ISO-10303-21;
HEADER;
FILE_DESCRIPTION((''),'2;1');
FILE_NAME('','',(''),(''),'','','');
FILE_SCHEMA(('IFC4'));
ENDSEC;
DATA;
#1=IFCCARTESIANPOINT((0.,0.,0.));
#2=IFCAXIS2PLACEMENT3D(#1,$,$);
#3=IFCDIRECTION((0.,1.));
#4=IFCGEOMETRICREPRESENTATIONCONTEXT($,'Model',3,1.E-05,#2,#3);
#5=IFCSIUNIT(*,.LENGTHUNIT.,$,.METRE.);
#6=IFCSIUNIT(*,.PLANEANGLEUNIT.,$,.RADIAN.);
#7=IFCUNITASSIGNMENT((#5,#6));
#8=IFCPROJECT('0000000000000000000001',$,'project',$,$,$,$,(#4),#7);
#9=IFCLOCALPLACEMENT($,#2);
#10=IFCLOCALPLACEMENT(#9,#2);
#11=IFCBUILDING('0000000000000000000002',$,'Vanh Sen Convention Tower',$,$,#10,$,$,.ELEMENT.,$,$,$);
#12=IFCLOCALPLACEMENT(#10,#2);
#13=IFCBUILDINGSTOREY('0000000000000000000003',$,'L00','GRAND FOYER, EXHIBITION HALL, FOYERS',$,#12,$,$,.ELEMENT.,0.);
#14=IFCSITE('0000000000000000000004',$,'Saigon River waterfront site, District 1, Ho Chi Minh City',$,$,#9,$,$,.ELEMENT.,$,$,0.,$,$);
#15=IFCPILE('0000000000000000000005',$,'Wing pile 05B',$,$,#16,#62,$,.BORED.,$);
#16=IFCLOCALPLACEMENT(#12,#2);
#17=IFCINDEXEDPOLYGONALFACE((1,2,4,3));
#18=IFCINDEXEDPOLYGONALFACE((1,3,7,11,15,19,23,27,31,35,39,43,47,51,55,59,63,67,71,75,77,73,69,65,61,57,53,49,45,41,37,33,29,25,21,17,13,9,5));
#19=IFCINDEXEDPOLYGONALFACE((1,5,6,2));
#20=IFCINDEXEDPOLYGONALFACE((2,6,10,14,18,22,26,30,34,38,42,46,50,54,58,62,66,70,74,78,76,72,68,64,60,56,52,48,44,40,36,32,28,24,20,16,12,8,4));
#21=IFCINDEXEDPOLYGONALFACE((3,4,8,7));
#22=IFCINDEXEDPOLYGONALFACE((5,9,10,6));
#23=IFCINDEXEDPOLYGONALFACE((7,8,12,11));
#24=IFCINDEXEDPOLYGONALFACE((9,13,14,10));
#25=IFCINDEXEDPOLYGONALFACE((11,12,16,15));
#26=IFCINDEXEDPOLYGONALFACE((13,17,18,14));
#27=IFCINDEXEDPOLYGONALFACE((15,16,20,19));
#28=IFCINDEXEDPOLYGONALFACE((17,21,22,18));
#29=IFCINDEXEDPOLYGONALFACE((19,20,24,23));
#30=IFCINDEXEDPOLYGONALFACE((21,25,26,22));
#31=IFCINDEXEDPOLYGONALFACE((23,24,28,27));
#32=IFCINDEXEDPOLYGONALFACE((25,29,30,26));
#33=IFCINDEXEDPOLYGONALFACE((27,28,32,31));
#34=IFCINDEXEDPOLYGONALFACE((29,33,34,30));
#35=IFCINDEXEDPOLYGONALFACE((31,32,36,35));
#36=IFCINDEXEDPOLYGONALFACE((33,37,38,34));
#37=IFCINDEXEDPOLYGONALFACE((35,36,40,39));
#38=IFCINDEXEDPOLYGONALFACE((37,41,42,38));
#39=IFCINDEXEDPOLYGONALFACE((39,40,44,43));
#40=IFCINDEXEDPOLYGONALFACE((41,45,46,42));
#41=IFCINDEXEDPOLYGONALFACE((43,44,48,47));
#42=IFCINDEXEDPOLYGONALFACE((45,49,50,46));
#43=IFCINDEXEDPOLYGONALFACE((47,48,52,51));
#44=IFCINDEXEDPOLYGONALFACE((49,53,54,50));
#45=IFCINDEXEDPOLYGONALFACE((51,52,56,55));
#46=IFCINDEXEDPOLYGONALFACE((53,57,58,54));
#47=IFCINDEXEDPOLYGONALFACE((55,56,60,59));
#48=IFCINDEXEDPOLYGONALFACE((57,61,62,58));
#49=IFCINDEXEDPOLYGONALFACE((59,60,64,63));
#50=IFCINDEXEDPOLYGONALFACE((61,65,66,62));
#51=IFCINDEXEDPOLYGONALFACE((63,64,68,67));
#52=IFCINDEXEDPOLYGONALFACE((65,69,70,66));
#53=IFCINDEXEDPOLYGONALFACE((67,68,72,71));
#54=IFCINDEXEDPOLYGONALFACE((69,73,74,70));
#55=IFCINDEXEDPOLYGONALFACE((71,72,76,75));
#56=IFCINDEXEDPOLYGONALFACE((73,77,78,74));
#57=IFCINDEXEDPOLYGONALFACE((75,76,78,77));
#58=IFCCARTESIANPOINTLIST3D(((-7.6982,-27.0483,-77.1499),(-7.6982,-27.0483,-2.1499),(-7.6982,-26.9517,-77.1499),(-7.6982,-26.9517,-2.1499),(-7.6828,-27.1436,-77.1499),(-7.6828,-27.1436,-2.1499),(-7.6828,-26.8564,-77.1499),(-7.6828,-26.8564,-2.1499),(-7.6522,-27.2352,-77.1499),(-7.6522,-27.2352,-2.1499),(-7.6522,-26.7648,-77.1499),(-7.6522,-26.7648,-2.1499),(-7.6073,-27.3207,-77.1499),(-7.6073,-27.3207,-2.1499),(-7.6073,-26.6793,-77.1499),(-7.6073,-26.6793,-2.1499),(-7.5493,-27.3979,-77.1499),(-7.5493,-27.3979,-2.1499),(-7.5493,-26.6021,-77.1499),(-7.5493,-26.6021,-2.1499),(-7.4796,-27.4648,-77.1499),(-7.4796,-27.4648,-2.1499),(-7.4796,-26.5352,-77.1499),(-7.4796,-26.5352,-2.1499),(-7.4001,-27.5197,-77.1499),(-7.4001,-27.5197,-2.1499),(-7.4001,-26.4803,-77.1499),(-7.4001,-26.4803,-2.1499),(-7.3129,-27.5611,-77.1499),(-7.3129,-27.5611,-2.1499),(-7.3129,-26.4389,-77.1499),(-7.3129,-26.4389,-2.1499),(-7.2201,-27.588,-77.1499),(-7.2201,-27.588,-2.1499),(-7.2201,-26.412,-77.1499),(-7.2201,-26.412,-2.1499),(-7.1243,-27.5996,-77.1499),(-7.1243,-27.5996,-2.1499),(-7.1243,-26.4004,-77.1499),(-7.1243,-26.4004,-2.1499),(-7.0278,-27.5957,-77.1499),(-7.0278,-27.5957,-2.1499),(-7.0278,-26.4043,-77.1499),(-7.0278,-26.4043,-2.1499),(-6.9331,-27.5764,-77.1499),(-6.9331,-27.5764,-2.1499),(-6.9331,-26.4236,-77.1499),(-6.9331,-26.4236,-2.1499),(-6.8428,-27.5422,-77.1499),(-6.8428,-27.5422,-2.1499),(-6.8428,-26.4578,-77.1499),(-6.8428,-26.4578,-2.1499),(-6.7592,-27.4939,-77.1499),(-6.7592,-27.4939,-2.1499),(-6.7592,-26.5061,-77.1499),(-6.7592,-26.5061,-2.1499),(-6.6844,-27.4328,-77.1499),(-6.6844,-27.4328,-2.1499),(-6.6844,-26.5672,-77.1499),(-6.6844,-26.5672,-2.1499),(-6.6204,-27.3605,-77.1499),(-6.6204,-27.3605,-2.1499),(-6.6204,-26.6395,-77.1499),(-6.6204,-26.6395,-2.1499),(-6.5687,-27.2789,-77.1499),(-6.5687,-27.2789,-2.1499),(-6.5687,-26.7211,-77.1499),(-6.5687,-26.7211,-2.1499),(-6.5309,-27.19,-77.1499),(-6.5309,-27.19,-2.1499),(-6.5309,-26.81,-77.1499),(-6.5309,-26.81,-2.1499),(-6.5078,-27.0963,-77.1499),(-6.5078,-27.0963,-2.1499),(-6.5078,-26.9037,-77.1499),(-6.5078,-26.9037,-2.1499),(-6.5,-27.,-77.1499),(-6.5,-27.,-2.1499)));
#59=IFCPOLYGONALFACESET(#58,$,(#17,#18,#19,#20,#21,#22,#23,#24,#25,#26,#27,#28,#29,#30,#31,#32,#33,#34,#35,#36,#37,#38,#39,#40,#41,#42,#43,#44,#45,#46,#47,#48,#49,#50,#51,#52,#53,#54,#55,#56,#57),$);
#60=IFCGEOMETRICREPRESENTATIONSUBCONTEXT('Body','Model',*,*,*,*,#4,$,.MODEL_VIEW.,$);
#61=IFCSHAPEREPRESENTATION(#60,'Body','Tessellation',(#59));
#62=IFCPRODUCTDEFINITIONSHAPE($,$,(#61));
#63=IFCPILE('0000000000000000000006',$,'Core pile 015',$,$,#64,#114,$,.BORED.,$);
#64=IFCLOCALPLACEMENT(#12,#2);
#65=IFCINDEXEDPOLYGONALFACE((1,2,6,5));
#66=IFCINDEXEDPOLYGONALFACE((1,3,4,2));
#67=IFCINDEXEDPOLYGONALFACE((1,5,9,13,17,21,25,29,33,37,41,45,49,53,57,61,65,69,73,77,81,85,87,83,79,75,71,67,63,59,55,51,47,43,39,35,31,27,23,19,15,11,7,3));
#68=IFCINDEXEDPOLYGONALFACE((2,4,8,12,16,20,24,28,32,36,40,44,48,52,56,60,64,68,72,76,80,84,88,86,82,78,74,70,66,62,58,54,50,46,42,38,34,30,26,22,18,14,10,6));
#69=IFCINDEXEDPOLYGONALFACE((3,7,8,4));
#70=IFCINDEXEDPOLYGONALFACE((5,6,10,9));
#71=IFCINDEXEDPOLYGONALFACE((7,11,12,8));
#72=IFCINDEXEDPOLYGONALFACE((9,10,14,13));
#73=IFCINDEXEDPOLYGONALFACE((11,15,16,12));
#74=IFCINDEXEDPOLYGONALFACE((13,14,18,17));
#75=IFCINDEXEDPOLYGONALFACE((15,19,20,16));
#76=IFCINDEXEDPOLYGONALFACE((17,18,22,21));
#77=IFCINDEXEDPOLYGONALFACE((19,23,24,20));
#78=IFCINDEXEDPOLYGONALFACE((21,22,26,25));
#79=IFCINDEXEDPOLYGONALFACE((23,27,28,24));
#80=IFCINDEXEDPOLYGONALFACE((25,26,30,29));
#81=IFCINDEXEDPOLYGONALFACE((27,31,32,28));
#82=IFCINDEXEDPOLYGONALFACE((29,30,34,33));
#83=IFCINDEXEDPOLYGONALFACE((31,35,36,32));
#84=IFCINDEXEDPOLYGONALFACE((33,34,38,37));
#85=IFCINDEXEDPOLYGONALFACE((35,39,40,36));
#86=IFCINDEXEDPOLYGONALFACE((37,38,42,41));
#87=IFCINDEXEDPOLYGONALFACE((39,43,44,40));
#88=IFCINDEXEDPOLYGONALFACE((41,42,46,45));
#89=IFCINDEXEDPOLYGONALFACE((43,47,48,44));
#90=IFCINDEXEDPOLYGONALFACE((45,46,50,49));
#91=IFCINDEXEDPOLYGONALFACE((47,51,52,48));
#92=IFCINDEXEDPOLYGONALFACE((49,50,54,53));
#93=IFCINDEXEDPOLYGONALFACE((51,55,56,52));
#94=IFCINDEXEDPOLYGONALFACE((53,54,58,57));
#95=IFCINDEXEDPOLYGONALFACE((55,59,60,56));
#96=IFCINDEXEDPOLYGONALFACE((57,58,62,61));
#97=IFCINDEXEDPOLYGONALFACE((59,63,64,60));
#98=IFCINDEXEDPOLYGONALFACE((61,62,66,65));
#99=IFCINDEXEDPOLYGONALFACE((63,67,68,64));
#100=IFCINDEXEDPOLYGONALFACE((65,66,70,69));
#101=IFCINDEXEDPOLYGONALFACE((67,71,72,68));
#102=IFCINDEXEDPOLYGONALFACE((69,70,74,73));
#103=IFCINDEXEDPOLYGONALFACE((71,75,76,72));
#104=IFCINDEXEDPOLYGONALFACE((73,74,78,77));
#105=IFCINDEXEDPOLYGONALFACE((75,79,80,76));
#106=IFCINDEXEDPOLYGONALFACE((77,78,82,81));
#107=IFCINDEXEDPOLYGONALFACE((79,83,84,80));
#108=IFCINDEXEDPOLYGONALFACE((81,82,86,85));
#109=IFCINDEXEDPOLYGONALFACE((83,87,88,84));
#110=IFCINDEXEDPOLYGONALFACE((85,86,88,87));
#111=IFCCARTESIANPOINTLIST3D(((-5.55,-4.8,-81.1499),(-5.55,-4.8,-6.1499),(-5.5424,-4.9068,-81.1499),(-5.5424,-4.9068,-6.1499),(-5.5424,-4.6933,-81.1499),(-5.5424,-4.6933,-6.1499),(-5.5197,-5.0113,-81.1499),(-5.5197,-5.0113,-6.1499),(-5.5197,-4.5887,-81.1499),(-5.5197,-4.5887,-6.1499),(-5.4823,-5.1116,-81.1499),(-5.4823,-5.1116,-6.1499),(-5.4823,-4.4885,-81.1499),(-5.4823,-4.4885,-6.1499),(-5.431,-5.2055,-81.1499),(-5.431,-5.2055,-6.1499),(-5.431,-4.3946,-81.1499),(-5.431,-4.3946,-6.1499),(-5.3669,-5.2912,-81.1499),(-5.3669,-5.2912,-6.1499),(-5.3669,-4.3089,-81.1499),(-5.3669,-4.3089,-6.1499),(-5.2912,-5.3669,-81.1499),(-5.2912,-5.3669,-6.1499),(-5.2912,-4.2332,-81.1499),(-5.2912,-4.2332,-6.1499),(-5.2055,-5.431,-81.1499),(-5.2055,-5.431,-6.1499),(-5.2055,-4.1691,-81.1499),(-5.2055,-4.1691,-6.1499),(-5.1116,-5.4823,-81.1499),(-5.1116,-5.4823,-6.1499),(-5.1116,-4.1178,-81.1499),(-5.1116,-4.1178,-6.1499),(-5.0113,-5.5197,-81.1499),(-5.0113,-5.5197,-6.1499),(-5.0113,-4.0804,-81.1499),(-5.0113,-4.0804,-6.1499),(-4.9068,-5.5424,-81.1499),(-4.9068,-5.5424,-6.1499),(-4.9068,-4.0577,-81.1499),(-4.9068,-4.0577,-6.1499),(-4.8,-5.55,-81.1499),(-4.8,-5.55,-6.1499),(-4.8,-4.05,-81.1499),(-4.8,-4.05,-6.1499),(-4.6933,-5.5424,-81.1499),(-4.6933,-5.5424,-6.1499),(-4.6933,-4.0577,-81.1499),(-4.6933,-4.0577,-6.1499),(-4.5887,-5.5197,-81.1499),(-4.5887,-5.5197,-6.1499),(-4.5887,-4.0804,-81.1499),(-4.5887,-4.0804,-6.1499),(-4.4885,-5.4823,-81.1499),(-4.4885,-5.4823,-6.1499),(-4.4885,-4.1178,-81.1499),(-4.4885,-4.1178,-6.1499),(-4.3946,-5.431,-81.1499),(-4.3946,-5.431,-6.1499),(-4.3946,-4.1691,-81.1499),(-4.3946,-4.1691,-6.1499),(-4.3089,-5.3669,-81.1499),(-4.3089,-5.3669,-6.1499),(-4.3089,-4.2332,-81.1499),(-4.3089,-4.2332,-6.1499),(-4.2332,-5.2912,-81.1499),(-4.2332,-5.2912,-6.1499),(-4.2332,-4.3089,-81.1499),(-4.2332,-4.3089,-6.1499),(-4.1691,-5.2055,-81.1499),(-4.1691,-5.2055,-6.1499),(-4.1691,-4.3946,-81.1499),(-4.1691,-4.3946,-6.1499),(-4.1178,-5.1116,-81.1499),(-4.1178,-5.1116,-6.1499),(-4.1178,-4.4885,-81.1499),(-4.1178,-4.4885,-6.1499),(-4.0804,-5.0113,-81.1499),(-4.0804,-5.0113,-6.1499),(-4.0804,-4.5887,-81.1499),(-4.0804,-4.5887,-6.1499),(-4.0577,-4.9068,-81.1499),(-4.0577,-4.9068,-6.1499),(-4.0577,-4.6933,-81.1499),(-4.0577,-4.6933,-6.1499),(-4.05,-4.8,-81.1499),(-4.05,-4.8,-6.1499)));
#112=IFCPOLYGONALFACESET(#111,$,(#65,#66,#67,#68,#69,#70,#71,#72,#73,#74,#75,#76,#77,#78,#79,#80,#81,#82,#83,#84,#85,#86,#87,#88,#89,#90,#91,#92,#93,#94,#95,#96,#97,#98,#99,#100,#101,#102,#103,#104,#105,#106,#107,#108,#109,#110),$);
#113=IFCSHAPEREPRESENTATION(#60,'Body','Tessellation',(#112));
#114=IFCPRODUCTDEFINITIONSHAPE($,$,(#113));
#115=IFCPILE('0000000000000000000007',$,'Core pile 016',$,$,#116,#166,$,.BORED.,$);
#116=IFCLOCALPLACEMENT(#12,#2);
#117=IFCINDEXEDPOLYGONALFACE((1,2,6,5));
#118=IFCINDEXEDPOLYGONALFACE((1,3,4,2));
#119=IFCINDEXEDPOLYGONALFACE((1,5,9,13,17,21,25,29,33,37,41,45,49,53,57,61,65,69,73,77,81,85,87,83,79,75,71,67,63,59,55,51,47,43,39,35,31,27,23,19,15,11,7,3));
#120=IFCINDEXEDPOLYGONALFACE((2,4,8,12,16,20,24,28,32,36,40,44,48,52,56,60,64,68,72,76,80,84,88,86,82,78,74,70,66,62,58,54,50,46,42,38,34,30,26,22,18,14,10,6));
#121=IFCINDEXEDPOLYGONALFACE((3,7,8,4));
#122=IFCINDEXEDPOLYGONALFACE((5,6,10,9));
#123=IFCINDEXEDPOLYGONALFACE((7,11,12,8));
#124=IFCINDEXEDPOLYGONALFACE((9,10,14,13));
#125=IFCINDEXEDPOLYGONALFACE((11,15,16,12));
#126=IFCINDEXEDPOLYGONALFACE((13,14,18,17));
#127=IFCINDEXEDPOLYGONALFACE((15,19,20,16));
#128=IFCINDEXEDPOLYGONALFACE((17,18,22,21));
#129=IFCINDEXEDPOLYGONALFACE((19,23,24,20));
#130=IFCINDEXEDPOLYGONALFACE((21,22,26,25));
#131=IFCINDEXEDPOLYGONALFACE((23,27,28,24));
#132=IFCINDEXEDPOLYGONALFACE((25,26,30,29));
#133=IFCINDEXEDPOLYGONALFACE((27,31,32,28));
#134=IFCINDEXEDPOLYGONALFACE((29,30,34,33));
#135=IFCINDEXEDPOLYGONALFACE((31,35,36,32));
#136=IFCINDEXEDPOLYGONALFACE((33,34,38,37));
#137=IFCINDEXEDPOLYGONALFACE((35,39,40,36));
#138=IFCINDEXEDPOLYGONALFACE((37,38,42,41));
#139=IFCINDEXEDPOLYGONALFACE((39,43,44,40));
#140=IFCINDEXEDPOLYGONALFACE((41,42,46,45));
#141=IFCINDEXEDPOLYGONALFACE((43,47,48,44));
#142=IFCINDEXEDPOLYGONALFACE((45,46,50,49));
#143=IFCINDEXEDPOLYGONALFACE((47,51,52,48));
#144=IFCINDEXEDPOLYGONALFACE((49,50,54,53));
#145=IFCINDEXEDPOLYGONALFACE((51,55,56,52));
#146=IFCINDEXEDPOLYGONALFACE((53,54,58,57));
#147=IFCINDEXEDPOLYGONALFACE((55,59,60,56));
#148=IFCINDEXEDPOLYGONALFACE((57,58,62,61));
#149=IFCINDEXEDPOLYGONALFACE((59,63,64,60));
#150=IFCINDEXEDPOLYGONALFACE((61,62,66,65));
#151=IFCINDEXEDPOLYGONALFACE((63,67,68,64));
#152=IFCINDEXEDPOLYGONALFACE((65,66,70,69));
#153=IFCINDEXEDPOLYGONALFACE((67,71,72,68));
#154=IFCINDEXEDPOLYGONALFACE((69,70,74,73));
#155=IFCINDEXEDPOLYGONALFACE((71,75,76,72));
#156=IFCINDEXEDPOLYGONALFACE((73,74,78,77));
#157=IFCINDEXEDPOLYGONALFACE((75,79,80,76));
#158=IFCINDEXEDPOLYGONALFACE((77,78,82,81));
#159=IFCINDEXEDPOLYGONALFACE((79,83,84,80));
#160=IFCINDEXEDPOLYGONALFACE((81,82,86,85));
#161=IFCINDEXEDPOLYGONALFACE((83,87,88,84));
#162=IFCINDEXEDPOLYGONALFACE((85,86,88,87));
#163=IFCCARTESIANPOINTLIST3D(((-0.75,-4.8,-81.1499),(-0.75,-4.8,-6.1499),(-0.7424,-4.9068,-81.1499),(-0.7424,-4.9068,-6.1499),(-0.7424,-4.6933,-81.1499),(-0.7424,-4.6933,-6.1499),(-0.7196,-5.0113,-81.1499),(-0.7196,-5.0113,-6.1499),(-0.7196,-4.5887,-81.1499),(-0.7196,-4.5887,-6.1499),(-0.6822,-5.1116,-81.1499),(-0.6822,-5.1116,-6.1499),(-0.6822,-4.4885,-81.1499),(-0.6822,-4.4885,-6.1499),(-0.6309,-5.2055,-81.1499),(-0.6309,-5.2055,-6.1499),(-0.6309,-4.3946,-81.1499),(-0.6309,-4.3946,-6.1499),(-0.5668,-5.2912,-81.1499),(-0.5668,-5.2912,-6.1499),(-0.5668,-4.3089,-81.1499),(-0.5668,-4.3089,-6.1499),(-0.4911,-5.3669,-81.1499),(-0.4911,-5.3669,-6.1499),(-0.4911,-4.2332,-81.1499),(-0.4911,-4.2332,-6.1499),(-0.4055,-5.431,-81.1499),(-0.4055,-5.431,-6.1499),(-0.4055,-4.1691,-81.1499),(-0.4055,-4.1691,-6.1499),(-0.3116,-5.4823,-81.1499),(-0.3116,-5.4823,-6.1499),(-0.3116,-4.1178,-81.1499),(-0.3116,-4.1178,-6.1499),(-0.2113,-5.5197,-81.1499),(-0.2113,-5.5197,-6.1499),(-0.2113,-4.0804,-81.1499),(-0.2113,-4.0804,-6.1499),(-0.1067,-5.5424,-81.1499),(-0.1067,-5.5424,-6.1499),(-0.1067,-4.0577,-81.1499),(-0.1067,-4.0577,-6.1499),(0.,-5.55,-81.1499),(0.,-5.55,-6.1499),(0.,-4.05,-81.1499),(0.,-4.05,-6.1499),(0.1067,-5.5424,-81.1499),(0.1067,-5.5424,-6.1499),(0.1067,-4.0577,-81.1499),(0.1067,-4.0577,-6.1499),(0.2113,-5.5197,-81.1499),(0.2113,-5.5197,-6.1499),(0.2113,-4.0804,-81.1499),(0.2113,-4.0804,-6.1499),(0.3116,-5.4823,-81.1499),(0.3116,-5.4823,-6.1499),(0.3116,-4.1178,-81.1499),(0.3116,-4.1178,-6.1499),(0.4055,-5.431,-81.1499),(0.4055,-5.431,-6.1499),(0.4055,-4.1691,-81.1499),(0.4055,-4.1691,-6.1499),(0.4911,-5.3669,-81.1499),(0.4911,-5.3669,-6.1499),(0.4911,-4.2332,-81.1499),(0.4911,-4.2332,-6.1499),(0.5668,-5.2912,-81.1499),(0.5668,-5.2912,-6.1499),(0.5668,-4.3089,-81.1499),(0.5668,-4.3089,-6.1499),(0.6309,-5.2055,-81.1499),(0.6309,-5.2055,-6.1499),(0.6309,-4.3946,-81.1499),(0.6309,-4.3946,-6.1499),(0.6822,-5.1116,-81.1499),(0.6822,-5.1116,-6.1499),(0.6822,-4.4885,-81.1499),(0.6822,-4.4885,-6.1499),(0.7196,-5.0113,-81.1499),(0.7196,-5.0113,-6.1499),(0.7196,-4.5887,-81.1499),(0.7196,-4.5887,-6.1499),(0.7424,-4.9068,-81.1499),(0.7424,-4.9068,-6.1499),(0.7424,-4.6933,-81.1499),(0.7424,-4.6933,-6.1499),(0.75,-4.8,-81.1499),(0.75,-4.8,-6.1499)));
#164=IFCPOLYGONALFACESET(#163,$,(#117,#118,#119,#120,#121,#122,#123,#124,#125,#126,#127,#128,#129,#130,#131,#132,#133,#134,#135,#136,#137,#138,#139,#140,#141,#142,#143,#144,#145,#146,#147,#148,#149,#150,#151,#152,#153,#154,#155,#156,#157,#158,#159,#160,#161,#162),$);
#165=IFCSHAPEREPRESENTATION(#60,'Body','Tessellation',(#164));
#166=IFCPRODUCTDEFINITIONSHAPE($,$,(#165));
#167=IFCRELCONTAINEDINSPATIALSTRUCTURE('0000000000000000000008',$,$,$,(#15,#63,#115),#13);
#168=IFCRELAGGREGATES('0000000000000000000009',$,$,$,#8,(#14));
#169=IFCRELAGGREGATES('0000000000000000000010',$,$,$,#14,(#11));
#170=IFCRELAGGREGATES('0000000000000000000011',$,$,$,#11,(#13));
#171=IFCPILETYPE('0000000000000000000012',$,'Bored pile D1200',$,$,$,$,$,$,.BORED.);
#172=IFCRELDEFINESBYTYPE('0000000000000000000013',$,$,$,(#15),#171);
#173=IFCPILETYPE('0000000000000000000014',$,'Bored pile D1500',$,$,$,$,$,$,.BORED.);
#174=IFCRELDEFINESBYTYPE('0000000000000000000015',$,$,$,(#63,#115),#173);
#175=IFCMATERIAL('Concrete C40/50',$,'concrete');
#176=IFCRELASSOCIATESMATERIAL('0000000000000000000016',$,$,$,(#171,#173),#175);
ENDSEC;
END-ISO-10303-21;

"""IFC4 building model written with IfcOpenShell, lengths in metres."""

from ifc_helpers import new_model, si_unit, direction, frame, origin, origin_2d, place, context, subcontext, project, spatial, circle, extrude, material, material_profile, profile_set, type_object, element, save


model = new_model("IFC4")

# Units and contexts
model_context = context("Model", 3, precision=1e-05, world=origin(), true_north=direction((0.0, 1.0)))
body_context = subcontext(model_context, "Body", "Model", "MODEL_VIEW")
ifc_project = project(units=[si_unit("LENGTHUNIT", "METRE"), si_unit("PLANEANGLEUNIT", "RADIAN")], contexts=[model_context])

# Site, building, storey
site_placement = place(None, origin())
site = spatial("IfcSite", under=ifc_project, at=site_placement, Name="Saigon River waterfront site, District 1, Ho Chi Minh City", CompositionType="ELEMENT", RefElevation=0.0)
building_placement = place(site_placement, origin())
building = spatial("IfcBuilding", under=site, at=building_placement, Name="Vanh Sen Convention Tower", CompositionType="ELEMENT")
storey_placement = place(building_placement, origin())
storey = spatial("IfcBuildingStorey", under=building, at=storey_placement, Name="L00", Description="GRAND FOYER, EXHIBITION HALL, FOYERS", CompositionType="ELEMENT", Elevation=0.0)

# Piles
ifc_material_1 = material(Name="Concrete C40/50", Category="concrete")
ifc_material_profile_1 = material_profile(ifc_material_1, circle(Radius=0.6001, at=origin_2d()), Name="Bored pile D1200")
ifc_profile_set_1 = profile_set([ifc_material_profile_1], Name="Concrete C40/50")
pile_type_1 = type_object("IfcPileType", Name="Bored pile D1200", PredefinedType="BORED", material=ifc_profile_set_1)
for number, where, z_axis, x_axis, name in (
    (1, (-7.1001, -27.0, -2.1499), (0.0, 0.0, -1.0), (1.0, 0.0, 0.0), "Wing pile 05B"),
):
    element("IfcPile", number, at=place(storey_placement, frame(where, z_axis=z_axis, x_axis=x_axis)), inside=storey, type_object=pile_type_1, Name=name, PredefinedType="BORED", context=body_context, shape_type="SweptSolid", body=[
        extrude(circle(Radius=0.6001, at=origin_2d()), origin(), (0.0, 0.0, 1.0), 75.0),
    ])
ifc_material_profile_2 = material_profile(ifc_material_1, circle(Radius=0.75, at=origin_2d()), Name="Bored pile D1500")
ifc_profile_set_2 = profile_set([ifc_material_profile_2], Name="Concrete C40/50")
pile_type_2 = type_object("IfcPileType", Name="Bored pile D1500", PredefinedType="BORED", material=ifc_profile_set_2)
for number, where, z_axis, x_axis, name in (
    (2, (-4.8, -4.8, -6.1499), (0.0, 0.0, -1.0), (1.0, 0.0, 0.0), "Core pile 015"),
    (3, (0.0, -4.8, -6.1499), (0.0, 0.0, -1.0), (1.0, 0.0, 0.0), "Core pile 016"),
):
    element("IfcPile", number, at=place(storey_placement, frame(where, z_axis=z_axis, x_axis=x_axis)), inside=storey, type_object=pile_type_2, Name=name, PredefinedType="BORED", context=body_context, shape_type="SweptSolid", body=[
        extrude(circle(Radius=0.75, at=origin_2d()), origin(), (0.0, 0.0, 1.0), 75.0),
    ])

save(model, "model.ifc")
